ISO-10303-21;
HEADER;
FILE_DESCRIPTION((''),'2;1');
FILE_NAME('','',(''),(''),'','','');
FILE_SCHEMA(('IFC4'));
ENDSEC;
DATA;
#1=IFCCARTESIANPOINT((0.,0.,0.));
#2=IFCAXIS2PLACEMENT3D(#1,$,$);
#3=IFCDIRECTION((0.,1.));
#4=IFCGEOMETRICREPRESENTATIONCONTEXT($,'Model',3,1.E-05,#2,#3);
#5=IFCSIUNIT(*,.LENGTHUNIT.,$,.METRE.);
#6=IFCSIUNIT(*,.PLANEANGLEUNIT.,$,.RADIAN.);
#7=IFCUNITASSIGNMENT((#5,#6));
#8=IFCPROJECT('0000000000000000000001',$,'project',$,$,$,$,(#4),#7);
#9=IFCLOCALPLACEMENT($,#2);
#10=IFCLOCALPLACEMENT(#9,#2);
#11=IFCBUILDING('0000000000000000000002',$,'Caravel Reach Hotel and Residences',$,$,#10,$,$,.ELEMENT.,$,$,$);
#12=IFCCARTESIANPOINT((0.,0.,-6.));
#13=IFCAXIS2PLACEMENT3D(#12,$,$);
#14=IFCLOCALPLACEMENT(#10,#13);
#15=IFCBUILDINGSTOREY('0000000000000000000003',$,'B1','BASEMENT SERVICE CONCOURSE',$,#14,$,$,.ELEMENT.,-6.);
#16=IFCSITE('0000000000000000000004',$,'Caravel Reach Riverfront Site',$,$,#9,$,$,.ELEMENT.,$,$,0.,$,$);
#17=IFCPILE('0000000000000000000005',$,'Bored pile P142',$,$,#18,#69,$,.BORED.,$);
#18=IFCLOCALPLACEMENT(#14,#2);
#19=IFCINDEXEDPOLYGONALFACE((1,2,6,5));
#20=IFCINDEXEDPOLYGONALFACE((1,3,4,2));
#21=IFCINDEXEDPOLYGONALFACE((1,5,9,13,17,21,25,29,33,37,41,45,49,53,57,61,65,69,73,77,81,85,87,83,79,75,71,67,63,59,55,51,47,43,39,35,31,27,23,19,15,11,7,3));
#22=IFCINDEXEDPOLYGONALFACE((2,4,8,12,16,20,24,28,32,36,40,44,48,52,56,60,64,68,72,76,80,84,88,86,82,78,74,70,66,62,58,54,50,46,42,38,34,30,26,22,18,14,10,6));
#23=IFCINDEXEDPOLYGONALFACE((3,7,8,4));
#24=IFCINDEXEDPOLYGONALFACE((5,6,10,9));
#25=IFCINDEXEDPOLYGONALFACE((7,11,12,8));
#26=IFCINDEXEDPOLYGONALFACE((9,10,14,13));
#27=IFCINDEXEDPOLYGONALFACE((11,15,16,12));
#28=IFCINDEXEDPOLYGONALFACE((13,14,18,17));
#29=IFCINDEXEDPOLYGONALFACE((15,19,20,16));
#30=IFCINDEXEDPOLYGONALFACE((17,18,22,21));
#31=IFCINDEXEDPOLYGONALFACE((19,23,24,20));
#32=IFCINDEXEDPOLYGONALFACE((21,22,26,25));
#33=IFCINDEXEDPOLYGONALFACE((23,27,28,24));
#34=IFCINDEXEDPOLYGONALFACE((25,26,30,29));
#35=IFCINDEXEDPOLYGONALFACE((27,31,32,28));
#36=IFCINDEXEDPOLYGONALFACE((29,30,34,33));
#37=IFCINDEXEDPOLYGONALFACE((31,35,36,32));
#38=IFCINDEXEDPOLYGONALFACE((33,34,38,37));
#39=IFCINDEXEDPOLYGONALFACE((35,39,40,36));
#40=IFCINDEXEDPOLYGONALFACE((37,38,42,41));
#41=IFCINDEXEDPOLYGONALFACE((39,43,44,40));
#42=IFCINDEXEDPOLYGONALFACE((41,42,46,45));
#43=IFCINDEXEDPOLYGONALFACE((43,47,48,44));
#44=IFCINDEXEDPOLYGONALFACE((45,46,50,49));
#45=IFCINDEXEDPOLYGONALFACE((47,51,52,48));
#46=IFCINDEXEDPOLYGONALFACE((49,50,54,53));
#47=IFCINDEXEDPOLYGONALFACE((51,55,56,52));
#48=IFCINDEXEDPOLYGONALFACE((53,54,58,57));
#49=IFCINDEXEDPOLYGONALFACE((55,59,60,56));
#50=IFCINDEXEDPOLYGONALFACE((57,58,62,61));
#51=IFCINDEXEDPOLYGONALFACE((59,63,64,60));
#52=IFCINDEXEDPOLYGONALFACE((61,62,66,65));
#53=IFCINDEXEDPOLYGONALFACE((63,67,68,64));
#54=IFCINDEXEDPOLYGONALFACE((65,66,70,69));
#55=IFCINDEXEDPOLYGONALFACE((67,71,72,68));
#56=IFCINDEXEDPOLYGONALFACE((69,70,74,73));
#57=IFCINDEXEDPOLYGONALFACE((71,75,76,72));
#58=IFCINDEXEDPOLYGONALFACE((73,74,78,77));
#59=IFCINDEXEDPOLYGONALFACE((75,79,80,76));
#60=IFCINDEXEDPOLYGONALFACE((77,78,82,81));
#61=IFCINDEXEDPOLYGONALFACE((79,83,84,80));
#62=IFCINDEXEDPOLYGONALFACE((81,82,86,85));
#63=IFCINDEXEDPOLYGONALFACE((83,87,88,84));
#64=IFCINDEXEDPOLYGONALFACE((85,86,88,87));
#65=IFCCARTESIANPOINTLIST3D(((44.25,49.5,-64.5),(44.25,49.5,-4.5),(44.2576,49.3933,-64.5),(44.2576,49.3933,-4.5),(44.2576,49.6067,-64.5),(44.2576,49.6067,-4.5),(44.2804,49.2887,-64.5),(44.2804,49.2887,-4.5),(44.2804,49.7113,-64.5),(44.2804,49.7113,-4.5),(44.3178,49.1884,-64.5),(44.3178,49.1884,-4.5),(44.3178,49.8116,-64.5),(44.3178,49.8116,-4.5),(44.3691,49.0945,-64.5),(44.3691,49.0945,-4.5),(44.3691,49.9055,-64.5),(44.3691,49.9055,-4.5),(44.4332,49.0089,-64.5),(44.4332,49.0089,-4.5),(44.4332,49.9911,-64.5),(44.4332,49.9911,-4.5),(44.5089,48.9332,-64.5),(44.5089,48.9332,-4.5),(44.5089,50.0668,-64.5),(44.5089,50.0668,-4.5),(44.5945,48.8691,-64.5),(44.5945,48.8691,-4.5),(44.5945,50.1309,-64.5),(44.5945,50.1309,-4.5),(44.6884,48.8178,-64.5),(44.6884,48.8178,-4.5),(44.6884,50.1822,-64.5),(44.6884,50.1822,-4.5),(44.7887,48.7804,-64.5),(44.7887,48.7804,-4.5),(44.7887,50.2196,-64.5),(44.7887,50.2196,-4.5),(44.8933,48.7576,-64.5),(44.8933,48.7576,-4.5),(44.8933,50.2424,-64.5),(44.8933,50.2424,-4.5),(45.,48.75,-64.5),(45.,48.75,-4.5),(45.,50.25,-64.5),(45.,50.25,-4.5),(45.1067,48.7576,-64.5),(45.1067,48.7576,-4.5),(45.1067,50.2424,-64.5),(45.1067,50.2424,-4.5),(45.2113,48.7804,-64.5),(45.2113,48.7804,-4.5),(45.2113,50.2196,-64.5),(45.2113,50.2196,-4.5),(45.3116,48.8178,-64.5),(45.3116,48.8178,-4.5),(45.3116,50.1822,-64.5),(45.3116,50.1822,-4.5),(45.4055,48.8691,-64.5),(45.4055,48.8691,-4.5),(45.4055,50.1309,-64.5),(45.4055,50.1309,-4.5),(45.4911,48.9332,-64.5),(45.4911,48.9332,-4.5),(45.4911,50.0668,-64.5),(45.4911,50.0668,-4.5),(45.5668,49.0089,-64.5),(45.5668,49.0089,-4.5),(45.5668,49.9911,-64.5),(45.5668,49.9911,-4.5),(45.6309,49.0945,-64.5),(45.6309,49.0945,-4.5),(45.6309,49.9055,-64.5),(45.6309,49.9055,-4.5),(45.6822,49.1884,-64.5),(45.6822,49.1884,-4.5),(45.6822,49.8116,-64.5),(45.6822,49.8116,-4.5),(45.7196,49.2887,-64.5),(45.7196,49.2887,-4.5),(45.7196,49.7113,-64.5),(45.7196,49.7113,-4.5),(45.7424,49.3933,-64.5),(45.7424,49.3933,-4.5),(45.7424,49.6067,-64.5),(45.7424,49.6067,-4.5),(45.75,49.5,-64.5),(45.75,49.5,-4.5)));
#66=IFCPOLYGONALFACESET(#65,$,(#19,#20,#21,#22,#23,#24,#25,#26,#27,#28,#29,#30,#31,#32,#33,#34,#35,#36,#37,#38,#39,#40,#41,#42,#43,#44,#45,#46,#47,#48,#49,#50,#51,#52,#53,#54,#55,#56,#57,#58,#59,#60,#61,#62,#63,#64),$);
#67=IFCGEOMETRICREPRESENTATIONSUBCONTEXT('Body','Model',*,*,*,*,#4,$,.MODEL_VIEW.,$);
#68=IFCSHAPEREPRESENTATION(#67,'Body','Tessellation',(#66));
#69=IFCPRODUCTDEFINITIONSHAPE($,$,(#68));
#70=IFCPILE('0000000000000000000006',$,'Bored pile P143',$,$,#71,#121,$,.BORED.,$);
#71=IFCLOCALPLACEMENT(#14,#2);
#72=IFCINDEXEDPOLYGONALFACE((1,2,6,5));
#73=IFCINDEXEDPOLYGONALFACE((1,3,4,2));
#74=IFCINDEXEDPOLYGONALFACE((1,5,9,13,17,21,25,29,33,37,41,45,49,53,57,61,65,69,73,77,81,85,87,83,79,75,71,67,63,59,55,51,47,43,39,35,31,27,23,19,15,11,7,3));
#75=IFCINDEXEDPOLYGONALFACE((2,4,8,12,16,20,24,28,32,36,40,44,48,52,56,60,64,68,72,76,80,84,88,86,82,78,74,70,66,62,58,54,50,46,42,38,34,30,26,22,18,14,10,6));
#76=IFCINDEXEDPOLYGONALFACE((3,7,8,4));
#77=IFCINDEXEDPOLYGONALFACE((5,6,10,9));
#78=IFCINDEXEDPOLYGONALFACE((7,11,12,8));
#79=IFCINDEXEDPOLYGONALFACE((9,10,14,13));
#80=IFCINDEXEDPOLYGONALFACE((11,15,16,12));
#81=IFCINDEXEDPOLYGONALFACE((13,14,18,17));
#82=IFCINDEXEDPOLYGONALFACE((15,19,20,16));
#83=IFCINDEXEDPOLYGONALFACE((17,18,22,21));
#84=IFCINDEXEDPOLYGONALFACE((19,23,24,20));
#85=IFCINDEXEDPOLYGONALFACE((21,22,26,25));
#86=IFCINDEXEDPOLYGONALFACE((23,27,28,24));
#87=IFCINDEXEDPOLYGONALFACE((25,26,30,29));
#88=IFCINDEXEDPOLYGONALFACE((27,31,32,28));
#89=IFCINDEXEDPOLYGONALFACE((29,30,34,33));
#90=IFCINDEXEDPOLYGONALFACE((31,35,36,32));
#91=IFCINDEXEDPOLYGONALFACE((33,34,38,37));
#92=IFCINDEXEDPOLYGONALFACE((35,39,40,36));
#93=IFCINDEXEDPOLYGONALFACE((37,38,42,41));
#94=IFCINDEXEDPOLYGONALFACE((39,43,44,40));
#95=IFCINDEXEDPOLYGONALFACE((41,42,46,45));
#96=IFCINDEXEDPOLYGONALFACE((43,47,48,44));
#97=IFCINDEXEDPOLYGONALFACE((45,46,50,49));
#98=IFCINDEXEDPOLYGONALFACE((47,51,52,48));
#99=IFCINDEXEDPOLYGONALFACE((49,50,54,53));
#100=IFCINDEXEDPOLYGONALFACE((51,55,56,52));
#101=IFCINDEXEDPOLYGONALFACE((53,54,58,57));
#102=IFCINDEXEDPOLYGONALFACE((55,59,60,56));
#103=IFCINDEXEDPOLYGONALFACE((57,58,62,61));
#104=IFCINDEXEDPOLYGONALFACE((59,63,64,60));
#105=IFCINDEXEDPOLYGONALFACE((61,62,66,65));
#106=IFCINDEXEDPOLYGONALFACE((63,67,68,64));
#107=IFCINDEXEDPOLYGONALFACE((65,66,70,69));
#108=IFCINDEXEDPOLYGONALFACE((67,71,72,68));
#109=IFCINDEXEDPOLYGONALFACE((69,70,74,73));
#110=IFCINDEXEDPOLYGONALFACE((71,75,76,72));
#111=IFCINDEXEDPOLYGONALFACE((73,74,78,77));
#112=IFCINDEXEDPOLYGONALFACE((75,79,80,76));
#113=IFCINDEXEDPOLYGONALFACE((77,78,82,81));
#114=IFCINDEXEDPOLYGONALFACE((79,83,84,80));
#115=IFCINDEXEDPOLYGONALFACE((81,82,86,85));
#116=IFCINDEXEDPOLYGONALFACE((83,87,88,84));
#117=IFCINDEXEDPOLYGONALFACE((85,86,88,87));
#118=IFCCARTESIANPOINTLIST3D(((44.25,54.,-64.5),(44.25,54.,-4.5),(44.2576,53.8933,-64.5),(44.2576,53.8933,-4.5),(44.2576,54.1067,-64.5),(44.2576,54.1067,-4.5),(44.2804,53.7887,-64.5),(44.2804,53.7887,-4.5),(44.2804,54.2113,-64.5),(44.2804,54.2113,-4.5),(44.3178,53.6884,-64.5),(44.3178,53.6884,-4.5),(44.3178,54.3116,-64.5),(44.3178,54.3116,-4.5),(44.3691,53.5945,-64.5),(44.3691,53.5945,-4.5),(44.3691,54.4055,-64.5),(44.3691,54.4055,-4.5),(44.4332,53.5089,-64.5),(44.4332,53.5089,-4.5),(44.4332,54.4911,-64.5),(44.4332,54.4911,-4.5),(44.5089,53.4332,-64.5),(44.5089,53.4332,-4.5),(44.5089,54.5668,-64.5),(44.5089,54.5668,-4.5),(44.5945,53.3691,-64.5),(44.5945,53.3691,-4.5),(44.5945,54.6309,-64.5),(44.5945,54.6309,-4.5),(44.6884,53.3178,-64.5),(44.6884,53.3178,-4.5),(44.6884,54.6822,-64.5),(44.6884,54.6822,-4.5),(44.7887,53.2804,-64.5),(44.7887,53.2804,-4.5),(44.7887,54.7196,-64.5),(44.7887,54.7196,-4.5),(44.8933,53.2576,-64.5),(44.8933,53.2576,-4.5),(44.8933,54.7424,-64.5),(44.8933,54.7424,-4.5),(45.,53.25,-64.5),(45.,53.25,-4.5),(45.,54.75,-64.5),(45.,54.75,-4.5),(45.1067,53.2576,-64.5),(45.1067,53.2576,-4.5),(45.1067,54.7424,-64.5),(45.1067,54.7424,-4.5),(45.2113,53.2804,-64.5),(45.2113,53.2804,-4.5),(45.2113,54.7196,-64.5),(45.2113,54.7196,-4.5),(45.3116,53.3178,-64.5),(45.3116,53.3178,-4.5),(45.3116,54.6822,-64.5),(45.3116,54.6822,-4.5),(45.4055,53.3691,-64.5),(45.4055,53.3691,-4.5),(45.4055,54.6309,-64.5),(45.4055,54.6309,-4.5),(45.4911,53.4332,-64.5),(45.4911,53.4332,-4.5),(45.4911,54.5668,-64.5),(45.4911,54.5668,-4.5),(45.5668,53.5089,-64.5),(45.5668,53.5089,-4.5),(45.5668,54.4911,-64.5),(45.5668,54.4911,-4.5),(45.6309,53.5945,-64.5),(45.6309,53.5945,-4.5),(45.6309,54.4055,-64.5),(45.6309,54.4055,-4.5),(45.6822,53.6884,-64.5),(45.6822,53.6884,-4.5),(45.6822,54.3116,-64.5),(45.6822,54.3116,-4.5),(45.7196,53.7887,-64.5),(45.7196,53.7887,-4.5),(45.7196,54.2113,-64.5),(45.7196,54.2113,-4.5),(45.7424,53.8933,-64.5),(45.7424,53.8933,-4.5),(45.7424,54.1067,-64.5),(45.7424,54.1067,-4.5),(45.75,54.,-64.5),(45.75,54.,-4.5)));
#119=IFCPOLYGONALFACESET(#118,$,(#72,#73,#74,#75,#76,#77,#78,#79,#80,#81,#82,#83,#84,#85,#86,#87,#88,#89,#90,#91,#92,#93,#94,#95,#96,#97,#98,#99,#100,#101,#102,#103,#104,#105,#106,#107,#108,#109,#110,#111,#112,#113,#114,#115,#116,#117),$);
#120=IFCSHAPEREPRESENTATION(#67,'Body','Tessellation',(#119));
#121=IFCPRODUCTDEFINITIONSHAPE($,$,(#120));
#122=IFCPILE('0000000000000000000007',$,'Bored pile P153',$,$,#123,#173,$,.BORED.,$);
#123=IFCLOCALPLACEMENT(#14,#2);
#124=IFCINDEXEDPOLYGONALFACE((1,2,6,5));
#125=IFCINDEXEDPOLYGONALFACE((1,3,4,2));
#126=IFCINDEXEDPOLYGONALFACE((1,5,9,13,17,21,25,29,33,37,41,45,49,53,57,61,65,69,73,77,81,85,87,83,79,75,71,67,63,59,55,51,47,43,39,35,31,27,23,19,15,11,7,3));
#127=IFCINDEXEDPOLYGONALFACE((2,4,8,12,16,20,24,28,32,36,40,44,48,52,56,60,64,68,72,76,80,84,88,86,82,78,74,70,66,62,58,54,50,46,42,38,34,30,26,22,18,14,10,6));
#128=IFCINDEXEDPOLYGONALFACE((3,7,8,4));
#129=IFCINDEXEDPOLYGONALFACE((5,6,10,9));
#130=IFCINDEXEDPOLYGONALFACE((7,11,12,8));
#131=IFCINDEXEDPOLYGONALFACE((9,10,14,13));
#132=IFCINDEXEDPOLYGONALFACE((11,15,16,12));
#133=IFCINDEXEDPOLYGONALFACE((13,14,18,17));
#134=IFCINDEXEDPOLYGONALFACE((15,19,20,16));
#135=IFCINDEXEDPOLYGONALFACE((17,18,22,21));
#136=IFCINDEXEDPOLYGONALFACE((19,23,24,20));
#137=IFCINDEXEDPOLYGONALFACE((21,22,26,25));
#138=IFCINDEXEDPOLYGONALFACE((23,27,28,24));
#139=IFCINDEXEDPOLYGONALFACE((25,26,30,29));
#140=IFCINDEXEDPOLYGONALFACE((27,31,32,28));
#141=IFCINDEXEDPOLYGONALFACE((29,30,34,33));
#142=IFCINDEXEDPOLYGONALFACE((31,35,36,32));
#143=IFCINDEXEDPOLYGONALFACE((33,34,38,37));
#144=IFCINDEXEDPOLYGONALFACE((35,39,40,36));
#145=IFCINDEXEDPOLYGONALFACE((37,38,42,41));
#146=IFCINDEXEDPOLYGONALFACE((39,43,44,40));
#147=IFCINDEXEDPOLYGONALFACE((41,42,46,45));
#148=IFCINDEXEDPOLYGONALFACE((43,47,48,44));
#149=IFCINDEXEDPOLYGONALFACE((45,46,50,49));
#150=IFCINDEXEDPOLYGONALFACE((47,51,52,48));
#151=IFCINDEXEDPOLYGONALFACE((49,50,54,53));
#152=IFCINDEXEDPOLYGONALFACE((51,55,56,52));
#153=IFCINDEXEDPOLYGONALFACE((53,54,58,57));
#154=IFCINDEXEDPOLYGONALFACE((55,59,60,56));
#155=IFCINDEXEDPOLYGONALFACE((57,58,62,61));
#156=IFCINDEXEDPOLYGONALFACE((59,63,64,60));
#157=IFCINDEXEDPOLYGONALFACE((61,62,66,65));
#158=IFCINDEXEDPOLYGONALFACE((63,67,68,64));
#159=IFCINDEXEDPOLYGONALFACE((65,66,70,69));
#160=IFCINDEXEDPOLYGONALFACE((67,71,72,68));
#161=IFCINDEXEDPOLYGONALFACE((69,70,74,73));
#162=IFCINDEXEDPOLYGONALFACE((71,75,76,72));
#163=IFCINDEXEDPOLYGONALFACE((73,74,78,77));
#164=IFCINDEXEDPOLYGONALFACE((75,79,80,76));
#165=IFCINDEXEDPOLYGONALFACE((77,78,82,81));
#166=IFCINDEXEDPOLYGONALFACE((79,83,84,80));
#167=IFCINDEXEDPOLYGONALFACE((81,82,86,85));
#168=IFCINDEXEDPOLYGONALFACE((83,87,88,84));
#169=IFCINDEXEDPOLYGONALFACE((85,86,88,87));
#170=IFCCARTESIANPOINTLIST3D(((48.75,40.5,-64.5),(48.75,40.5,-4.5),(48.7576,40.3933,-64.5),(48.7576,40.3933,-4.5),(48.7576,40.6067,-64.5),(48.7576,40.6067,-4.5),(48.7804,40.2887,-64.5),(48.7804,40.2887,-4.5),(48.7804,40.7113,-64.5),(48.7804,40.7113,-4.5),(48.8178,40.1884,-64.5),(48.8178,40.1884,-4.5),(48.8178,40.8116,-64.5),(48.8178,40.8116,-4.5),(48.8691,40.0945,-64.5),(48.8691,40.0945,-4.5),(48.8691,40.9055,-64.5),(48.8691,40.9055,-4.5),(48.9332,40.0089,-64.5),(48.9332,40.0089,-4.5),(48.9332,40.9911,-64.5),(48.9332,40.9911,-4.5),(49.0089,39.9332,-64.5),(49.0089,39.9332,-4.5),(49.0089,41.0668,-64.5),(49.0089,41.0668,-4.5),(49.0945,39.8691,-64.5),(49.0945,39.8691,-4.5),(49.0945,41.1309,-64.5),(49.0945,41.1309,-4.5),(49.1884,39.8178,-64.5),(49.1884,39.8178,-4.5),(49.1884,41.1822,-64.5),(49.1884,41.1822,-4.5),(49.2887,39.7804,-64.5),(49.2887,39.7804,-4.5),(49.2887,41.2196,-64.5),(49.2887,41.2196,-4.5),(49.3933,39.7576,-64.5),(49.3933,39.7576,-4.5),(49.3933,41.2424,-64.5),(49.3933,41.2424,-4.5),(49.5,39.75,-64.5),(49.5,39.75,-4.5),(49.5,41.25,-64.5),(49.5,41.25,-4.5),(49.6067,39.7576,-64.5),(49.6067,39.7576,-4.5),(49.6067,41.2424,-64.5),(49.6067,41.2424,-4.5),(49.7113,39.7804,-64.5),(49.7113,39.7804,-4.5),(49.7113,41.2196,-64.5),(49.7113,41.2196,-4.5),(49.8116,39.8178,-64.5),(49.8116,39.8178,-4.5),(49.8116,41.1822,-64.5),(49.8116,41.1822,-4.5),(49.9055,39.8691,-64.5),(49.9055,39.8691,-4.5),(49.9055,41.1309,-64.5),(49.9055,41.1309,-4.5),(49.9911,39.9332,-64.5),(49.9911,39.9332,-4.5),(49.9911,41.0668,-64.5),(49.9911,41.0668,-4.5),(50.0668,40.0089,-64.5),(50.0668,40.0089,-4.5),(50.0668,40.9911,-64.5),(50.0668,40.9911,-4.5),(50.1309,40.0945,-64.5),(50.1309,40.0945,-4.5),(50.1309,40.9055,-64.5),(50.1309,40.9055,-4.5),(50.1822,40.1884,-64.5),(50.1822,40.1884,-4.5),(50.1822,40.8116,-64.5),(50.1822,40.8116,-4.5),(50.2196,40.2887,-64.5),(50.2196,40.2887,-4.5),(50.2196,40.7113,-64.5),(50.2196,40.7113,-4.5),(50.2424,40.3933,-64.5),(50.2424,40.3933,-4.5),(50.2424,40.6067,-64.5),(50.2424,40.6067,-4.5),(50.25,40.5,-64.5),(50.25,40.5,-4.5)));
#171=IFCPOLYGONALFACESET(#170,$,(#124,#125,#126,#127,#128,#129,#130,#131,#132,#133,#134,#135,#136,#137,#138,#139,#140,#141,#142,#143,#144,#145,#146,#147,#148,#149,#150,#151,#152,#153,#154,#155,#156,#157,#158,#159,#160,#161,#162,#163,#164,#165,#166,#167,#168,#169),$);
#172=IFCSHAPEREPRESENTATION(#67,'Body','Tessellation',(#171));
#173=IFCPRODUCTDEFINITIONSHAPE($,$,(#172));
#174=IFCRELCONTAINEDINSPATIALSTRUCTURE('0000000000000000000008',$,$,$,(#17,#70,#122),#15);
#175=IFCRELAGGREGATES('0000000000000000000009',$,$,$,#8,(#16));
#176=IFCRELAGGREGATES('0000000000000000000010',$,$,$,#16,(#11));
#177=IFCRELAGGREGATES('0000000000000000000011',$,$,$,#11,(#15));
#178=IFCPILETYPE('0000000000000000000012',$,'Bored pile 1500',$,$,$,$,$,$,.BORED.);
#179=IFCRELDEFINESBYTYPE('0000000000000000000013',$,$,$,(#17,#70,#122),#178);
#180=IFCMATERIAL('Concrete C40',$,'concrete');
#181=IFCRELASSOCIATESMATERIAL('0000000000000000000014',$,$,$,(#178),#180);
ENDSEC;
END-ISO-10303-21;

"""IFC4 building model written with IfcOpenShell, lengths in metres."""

from ifc_helpers import new_model, si_unit, direction, frame, origin, origin_2d, place, context, subcontext, project, spatial, circle, extrude, material, material_profile, profile_set, type_object, element, save


model = new_model("IFC4")

# Units and contexts
model_context = context("Model", 3, precision=1e-05, world=origin(), true_north=direction((0.0, 1.0)))
body_context = subcontext(model_context, "Body", "Model", "MODEL_VIEW")
ifc_project = project(units=[si_unit("LENGTHUNIT", "METRE"), si_unit("PLANEANGLEUNIT", "RADIAN")], contexts=[model_context])

# Site, building, storey
site_placement = place(None, origin())
site = spatial("IfcSite", under=ifc_project, at=site_placement, Name="Caravel Reach Riverfront Site", CompositionType="ELEMENT", RefElevation=0.0)
building_placement = place(site_placement, origin())
building = spatial("IfcBuilding", under=site, at=building_placement, Name="Caravel Reach Hotel and Residences", CompositionType="ELEMENT")
storey_placement = place(building_placement, frame((0.0, 0.0, -6.0)))
storey = spatial("IfcBuildingStorey", under=building, at=storey_placement, Name="B1", Description="BASEMENT SERVICE CONCOURSE", CompositionType="ELEMENT", Elevation=-6.0)

# Piles
ifc_material_1 = material(Name="Concrete C40", Category="concrete")
ifc_material_profile_1 = material_profile(ifc_material_1, circle(Radius=0.75, at=origin_2d()), Name="PILE 1500")
ifc_profile_set_1 = profile_set([ifc_material_profile_1], Name="Concrete C40")
pile_type = type_object("IfcPileType", Name="Bored pile 1500", PredefinedType="BORED", material=ifc_profile_set_1)
for number, where, z_axis, x_axis, name in (
    (1, (45.0, 49.5, -4.5), (0.0, 0.0, -1.0), (1.0, 0.0, 0.0), "Bored pile P142"),
    (2, (45.0, 54.0, -4.5), (0.0, 0.0, -1.0), (1.0, 0.0, 0.0), "Bored pile P143"),
    (3, (49.5, 40.5, -4.5), (0.0, 0.0, -1.0), (1.0, 0.0, 0.0), "Bored pile P153"),
):
    element("IfcPile", number, at=place(storey_placement, frame(where, z_axis=z_axis, x_axis=x_axis)), inside=storey, type_object=pile_type, Name=name, PredefinedType="BORED", context=body_context, shape_type="SweptSolid", body=[
        extrude(circle(Radius=0.75, at=origin_2d()), origin(), (0.0, 0.0, 1.0), 60.0),
    ])

save(model, "model.ifc")
